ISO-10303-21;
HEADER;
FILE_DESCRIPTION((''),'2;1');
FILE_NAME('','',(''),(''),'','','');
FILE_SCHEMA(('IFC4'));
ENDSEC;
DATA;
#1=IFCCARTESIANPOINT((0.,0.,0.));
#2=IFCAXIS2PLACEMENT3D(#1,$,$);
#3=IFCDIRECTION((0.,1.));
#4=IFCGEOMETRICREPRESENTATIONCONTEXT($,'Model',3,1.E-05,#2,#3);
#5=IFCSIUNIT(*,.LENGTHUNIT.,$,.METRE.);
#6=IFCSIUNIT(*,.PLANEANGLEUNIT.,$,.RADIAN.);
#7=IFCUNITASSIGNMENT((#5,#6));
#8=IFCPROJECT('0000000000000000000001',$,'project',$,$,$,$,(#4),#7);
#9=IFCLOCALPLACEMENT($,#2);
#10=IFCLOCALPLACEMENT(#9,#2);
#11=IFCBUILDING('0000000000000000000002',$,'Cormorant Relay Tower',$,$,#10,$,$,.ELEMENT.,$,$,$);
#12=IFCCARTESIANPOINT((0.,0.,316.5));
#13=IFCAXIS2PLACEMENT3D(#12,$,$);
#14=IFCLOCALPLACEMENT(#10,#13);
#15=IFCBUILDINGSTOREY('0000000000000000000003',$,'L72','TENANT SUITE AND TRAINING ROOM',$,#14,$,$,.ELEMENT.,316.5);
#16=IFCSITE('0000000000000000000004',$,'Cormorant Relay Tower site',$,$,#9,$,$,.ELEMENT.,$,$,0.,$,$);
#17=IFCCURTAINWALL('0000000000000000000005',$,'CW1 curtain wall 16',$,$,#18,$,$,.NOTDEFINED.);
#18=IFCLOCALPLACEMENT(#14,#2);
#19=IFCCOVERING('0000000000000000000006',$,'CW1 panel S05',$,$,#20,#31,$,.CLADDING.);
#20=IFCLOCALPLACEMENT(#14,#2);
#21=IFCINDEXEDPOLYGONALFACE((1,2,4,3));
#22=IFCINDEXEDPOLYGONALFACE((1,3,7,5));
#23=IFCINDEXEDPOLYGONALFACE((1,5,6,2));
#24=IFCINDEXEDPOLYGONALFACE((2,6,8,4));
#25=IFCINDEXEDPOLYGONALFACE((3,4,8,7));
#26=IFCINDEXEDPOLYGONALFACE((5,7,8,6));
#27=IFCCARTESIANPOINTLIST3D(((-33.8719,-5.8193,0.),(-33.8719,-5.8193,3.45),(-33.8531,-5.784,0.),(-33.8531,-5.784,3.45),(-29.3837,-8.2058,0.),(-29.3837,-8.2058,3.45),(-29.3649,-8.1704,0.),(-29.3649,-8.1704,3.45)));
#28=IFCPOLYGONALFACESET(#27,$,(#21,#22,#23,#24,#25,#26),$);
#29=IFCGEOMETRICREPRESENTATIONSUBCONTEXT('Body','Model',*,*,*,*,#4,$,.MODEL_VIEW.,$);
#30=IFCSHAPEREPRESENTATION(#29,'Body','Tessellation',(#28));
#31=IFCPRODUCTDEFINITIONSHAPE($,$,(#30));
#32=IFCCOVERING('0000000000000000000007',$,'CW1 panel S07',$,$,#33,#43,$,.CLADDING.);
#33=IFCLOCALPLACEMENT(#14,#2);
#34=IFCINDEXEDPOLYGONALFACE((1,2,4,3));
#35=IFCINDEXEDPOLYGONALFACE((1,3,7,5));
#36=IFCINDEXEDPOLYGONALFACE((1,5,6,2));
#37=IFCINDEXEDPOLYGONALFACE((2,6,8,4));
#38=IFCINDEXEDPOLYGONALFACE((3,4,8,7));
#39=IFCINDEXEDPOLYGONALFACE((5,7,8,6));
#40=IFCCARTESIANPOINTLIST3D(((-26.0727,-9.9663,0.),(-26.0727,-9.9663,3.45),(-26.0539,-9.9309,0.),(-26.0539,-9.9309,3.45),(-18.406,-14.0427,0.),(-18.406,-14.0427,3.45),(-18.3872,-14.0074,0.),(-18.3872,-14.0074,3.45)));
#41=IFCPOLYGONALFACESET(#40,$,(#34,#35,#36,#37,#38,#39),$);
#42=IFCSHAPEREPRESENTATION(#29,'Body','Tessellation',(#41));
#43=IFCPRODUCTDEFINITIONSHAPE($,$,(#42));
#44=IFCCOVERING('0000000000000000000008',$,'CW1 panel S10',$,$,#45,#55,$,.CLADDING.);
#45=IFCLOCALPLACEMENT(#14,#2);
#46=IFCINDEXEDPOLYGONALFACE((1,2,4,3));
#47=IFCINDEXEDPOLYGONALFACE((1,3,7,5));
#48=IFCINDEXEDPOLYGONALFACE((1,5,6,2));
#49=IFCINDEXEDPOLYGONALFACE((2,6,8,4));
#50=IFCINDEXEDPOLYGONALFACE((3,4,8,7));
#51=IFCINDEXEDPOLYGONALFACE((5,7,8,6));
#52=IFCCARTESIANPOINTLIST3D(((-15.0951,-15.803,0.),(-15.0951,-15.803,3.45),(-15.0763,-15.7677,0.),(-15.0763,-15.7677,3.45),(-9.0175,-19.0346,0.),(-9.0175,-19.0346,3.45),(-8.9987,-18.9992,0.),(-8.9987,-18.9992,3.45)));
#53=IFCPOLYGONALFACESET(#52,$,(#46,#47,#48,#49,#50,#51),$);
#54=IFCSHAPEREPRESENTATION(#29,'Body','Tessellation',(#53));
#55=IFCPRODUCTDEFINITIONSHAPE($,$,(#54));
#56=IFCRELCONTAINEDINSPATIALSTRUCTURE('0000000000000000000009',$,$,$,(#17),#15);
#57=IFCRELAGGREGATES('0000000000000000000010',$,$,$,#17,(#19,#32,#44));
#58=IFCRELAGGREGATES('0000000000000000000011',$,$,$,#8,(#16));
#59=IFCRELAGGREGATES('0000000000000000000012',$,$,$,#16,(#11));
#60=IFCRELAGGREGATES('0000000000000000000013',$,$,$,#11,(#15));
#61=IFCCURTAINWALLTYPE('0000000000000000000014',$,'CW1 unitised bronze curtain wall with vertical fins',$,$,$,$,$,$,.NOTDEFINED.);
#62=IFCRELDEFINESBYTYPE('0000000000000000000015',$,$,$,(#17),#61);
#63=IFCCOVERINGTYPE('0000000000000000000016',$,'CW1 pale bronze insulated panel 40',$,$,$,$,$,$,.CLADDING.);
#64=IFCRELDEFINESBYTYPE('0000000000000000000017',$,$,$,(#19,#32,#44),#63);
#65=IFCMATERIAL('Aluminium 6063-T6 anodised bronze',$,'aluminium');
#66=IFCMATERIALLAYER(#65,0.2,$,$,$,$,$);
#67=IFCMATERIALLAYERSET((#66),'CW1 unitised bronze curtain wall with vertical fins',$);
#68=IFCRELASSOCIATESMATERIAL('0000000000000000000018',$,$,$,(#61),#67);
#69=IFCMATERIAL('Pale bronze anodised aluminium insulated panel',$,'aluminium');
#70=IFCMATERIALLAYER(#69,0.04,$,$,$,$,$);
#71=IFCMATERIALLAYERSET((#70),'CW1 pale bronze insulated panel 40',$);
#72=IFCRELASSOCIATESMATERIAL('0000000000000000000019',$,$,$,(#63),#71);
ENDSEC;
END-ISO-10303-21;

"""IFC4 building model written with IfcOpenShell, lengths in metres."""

from ifc_helpers import new_model, si_unit, direction, frame, origin, origin_2d, place, context, subcontext, project, spatial, rectangle, extrude, material, layer, layer_set, type_object, element, aggregate, save


model = new_model("IFC4")

# Units and contexts
model_context = context("Model", 3, precision=1e-05, world=origin(), true_north=direction((0.0, 1.0)))
body_context = subcontext(model_context, "Body", "Model", "MODEL_VIEW")
ifc_project = project(units=[si_unit("LENGTHUNIT", "METRE"), si_unit("PLANEANGLEUNIT", "RADIAN")], contexts=[model_context])

# Site, building, storey
site_placement = place(None, origin())
site = spatial("IfcSite", under=ifc_project, at=site_placement, Name="Cormorant Relay Tower site", CompositionType="ELEMENT", RefElevation=0.0)
building_placement = place(site_placement, origin())
building = spatial("IfcBuilding", under=site, at=building_placement, Name="Cormorant Relay Tower", CompositionType="ELEMENT")
storey_placement = place(building_placement, frame((0.0, 0.0, 316.5)))
storey = spatial("IfcBuildingStorey", under=building, at=storey_placement, Name="L72", Description="TENANT SUITE AND TRAINING ROOM", CompositionType="ELEMENT", Elevation=316.5)

# Curtain wall
ifc_material_1 = material(Name="Aluminium 6063-T6 anodised bronze", Category="aluminium")
ifc_layer_1 = layer(ifc_material_1, 0.2)
ifc_layer_set_1 = layer_set([ifc_layer_1], Name="CW1 unitised bronze curtain wall with vertical fins")
curtain_wall_type = type_object("IfcCurtainWallType", Name="CW1 unitised bronze curtain wall with vertical fins", PredefinedType="NOTDEFINED", material=ifc_layer_set_1)
curtain_wall_placement = place(storey_placement, origin())
curtain_wall = element("IfcCurtainWall", 1, at=curtain_wall_placement, inside=storey, type_object=curtain_wall_type, Name="CW1 curtain wall 16", PredefinedType="NOTDEFINED")

# Coverings
ifc_material_2 = material(Name="Pale bronze anodised aluminium insulated panel", Category="aluminium")
ifc_layer_2 = layer(ifc_material_2, 0.04)
ifc_layer_set_2 = layer_set([ifc_layer_2], Name="CW1 pale bronze insulated panel 40")
covering_type = type_object("IfcCoveringType", Name="CW1 pale bronze insulated panel 40", PredefinedType="CLADDING", material=ifc_layer_set_2)
covering_1_placement = place(storey_placement, frame((-31.6184, -6.9949, 0.0), z_axis=(0.0, 0.0, 1.0), x_axis=(0.882948, -0.469472, 0.0)))
covering_1 = element("IfcCovering", 2, at=covering_1_placement, type_object=covering_type, Name="CW1 panel S05", PredefinedType="CLADDING", context=body_context, shape_type="SweptSolid", body=[
    extrude(rectangle(XDim=5.0833, YDim=0.04, at=origin_2d()), origin(), (0.0, 0.0, 1.0), 3.45),
])
covering_2_placement = place(storey_placement, frame((-22.23, -11.9868, 0.0), z_axis=(0.0, 0.0, 1.0), x_axis=(0.882948, -0.469472, 0.0)))
covering_2 = element("IfcCovering", 3, at=covering_2_placement, type_object=covering_type, Name="CW1 panel S07", PredefinedType="CLADDING", context=body_context, shape_type="SweptSolid", body=[
    extrude(rectangle(XDim=8.6831, YDim=0.04, at=origin_2d()), origin(), (0.0, 0.0, 1.0), 3.45),
])
covering_3_placement = place(storey_placement, frame((-12.0469, -17.4011, 0.0), z_axis=(0.0, 0.0, 1.0), x_axis=(0.882948, -0.469472, 0.0)))
covering_3 = element("IfcCovering", 4, at=covering_3_placement, type_object=covering_type, Name="CW1 panel S10", PredefinedType="CLADDING", context=body_context, shape_type="SweptSolid", body=[
    extrude(rectangle(XDim=6.8833, YDim=0.04, at=origin_2d()), origin(), (0.0, 0.0, 1.0), 3.45),
])
aggregate(curtain_wall, [covering_1, covering_2, covering_3])

save(model, "model.ifc")
